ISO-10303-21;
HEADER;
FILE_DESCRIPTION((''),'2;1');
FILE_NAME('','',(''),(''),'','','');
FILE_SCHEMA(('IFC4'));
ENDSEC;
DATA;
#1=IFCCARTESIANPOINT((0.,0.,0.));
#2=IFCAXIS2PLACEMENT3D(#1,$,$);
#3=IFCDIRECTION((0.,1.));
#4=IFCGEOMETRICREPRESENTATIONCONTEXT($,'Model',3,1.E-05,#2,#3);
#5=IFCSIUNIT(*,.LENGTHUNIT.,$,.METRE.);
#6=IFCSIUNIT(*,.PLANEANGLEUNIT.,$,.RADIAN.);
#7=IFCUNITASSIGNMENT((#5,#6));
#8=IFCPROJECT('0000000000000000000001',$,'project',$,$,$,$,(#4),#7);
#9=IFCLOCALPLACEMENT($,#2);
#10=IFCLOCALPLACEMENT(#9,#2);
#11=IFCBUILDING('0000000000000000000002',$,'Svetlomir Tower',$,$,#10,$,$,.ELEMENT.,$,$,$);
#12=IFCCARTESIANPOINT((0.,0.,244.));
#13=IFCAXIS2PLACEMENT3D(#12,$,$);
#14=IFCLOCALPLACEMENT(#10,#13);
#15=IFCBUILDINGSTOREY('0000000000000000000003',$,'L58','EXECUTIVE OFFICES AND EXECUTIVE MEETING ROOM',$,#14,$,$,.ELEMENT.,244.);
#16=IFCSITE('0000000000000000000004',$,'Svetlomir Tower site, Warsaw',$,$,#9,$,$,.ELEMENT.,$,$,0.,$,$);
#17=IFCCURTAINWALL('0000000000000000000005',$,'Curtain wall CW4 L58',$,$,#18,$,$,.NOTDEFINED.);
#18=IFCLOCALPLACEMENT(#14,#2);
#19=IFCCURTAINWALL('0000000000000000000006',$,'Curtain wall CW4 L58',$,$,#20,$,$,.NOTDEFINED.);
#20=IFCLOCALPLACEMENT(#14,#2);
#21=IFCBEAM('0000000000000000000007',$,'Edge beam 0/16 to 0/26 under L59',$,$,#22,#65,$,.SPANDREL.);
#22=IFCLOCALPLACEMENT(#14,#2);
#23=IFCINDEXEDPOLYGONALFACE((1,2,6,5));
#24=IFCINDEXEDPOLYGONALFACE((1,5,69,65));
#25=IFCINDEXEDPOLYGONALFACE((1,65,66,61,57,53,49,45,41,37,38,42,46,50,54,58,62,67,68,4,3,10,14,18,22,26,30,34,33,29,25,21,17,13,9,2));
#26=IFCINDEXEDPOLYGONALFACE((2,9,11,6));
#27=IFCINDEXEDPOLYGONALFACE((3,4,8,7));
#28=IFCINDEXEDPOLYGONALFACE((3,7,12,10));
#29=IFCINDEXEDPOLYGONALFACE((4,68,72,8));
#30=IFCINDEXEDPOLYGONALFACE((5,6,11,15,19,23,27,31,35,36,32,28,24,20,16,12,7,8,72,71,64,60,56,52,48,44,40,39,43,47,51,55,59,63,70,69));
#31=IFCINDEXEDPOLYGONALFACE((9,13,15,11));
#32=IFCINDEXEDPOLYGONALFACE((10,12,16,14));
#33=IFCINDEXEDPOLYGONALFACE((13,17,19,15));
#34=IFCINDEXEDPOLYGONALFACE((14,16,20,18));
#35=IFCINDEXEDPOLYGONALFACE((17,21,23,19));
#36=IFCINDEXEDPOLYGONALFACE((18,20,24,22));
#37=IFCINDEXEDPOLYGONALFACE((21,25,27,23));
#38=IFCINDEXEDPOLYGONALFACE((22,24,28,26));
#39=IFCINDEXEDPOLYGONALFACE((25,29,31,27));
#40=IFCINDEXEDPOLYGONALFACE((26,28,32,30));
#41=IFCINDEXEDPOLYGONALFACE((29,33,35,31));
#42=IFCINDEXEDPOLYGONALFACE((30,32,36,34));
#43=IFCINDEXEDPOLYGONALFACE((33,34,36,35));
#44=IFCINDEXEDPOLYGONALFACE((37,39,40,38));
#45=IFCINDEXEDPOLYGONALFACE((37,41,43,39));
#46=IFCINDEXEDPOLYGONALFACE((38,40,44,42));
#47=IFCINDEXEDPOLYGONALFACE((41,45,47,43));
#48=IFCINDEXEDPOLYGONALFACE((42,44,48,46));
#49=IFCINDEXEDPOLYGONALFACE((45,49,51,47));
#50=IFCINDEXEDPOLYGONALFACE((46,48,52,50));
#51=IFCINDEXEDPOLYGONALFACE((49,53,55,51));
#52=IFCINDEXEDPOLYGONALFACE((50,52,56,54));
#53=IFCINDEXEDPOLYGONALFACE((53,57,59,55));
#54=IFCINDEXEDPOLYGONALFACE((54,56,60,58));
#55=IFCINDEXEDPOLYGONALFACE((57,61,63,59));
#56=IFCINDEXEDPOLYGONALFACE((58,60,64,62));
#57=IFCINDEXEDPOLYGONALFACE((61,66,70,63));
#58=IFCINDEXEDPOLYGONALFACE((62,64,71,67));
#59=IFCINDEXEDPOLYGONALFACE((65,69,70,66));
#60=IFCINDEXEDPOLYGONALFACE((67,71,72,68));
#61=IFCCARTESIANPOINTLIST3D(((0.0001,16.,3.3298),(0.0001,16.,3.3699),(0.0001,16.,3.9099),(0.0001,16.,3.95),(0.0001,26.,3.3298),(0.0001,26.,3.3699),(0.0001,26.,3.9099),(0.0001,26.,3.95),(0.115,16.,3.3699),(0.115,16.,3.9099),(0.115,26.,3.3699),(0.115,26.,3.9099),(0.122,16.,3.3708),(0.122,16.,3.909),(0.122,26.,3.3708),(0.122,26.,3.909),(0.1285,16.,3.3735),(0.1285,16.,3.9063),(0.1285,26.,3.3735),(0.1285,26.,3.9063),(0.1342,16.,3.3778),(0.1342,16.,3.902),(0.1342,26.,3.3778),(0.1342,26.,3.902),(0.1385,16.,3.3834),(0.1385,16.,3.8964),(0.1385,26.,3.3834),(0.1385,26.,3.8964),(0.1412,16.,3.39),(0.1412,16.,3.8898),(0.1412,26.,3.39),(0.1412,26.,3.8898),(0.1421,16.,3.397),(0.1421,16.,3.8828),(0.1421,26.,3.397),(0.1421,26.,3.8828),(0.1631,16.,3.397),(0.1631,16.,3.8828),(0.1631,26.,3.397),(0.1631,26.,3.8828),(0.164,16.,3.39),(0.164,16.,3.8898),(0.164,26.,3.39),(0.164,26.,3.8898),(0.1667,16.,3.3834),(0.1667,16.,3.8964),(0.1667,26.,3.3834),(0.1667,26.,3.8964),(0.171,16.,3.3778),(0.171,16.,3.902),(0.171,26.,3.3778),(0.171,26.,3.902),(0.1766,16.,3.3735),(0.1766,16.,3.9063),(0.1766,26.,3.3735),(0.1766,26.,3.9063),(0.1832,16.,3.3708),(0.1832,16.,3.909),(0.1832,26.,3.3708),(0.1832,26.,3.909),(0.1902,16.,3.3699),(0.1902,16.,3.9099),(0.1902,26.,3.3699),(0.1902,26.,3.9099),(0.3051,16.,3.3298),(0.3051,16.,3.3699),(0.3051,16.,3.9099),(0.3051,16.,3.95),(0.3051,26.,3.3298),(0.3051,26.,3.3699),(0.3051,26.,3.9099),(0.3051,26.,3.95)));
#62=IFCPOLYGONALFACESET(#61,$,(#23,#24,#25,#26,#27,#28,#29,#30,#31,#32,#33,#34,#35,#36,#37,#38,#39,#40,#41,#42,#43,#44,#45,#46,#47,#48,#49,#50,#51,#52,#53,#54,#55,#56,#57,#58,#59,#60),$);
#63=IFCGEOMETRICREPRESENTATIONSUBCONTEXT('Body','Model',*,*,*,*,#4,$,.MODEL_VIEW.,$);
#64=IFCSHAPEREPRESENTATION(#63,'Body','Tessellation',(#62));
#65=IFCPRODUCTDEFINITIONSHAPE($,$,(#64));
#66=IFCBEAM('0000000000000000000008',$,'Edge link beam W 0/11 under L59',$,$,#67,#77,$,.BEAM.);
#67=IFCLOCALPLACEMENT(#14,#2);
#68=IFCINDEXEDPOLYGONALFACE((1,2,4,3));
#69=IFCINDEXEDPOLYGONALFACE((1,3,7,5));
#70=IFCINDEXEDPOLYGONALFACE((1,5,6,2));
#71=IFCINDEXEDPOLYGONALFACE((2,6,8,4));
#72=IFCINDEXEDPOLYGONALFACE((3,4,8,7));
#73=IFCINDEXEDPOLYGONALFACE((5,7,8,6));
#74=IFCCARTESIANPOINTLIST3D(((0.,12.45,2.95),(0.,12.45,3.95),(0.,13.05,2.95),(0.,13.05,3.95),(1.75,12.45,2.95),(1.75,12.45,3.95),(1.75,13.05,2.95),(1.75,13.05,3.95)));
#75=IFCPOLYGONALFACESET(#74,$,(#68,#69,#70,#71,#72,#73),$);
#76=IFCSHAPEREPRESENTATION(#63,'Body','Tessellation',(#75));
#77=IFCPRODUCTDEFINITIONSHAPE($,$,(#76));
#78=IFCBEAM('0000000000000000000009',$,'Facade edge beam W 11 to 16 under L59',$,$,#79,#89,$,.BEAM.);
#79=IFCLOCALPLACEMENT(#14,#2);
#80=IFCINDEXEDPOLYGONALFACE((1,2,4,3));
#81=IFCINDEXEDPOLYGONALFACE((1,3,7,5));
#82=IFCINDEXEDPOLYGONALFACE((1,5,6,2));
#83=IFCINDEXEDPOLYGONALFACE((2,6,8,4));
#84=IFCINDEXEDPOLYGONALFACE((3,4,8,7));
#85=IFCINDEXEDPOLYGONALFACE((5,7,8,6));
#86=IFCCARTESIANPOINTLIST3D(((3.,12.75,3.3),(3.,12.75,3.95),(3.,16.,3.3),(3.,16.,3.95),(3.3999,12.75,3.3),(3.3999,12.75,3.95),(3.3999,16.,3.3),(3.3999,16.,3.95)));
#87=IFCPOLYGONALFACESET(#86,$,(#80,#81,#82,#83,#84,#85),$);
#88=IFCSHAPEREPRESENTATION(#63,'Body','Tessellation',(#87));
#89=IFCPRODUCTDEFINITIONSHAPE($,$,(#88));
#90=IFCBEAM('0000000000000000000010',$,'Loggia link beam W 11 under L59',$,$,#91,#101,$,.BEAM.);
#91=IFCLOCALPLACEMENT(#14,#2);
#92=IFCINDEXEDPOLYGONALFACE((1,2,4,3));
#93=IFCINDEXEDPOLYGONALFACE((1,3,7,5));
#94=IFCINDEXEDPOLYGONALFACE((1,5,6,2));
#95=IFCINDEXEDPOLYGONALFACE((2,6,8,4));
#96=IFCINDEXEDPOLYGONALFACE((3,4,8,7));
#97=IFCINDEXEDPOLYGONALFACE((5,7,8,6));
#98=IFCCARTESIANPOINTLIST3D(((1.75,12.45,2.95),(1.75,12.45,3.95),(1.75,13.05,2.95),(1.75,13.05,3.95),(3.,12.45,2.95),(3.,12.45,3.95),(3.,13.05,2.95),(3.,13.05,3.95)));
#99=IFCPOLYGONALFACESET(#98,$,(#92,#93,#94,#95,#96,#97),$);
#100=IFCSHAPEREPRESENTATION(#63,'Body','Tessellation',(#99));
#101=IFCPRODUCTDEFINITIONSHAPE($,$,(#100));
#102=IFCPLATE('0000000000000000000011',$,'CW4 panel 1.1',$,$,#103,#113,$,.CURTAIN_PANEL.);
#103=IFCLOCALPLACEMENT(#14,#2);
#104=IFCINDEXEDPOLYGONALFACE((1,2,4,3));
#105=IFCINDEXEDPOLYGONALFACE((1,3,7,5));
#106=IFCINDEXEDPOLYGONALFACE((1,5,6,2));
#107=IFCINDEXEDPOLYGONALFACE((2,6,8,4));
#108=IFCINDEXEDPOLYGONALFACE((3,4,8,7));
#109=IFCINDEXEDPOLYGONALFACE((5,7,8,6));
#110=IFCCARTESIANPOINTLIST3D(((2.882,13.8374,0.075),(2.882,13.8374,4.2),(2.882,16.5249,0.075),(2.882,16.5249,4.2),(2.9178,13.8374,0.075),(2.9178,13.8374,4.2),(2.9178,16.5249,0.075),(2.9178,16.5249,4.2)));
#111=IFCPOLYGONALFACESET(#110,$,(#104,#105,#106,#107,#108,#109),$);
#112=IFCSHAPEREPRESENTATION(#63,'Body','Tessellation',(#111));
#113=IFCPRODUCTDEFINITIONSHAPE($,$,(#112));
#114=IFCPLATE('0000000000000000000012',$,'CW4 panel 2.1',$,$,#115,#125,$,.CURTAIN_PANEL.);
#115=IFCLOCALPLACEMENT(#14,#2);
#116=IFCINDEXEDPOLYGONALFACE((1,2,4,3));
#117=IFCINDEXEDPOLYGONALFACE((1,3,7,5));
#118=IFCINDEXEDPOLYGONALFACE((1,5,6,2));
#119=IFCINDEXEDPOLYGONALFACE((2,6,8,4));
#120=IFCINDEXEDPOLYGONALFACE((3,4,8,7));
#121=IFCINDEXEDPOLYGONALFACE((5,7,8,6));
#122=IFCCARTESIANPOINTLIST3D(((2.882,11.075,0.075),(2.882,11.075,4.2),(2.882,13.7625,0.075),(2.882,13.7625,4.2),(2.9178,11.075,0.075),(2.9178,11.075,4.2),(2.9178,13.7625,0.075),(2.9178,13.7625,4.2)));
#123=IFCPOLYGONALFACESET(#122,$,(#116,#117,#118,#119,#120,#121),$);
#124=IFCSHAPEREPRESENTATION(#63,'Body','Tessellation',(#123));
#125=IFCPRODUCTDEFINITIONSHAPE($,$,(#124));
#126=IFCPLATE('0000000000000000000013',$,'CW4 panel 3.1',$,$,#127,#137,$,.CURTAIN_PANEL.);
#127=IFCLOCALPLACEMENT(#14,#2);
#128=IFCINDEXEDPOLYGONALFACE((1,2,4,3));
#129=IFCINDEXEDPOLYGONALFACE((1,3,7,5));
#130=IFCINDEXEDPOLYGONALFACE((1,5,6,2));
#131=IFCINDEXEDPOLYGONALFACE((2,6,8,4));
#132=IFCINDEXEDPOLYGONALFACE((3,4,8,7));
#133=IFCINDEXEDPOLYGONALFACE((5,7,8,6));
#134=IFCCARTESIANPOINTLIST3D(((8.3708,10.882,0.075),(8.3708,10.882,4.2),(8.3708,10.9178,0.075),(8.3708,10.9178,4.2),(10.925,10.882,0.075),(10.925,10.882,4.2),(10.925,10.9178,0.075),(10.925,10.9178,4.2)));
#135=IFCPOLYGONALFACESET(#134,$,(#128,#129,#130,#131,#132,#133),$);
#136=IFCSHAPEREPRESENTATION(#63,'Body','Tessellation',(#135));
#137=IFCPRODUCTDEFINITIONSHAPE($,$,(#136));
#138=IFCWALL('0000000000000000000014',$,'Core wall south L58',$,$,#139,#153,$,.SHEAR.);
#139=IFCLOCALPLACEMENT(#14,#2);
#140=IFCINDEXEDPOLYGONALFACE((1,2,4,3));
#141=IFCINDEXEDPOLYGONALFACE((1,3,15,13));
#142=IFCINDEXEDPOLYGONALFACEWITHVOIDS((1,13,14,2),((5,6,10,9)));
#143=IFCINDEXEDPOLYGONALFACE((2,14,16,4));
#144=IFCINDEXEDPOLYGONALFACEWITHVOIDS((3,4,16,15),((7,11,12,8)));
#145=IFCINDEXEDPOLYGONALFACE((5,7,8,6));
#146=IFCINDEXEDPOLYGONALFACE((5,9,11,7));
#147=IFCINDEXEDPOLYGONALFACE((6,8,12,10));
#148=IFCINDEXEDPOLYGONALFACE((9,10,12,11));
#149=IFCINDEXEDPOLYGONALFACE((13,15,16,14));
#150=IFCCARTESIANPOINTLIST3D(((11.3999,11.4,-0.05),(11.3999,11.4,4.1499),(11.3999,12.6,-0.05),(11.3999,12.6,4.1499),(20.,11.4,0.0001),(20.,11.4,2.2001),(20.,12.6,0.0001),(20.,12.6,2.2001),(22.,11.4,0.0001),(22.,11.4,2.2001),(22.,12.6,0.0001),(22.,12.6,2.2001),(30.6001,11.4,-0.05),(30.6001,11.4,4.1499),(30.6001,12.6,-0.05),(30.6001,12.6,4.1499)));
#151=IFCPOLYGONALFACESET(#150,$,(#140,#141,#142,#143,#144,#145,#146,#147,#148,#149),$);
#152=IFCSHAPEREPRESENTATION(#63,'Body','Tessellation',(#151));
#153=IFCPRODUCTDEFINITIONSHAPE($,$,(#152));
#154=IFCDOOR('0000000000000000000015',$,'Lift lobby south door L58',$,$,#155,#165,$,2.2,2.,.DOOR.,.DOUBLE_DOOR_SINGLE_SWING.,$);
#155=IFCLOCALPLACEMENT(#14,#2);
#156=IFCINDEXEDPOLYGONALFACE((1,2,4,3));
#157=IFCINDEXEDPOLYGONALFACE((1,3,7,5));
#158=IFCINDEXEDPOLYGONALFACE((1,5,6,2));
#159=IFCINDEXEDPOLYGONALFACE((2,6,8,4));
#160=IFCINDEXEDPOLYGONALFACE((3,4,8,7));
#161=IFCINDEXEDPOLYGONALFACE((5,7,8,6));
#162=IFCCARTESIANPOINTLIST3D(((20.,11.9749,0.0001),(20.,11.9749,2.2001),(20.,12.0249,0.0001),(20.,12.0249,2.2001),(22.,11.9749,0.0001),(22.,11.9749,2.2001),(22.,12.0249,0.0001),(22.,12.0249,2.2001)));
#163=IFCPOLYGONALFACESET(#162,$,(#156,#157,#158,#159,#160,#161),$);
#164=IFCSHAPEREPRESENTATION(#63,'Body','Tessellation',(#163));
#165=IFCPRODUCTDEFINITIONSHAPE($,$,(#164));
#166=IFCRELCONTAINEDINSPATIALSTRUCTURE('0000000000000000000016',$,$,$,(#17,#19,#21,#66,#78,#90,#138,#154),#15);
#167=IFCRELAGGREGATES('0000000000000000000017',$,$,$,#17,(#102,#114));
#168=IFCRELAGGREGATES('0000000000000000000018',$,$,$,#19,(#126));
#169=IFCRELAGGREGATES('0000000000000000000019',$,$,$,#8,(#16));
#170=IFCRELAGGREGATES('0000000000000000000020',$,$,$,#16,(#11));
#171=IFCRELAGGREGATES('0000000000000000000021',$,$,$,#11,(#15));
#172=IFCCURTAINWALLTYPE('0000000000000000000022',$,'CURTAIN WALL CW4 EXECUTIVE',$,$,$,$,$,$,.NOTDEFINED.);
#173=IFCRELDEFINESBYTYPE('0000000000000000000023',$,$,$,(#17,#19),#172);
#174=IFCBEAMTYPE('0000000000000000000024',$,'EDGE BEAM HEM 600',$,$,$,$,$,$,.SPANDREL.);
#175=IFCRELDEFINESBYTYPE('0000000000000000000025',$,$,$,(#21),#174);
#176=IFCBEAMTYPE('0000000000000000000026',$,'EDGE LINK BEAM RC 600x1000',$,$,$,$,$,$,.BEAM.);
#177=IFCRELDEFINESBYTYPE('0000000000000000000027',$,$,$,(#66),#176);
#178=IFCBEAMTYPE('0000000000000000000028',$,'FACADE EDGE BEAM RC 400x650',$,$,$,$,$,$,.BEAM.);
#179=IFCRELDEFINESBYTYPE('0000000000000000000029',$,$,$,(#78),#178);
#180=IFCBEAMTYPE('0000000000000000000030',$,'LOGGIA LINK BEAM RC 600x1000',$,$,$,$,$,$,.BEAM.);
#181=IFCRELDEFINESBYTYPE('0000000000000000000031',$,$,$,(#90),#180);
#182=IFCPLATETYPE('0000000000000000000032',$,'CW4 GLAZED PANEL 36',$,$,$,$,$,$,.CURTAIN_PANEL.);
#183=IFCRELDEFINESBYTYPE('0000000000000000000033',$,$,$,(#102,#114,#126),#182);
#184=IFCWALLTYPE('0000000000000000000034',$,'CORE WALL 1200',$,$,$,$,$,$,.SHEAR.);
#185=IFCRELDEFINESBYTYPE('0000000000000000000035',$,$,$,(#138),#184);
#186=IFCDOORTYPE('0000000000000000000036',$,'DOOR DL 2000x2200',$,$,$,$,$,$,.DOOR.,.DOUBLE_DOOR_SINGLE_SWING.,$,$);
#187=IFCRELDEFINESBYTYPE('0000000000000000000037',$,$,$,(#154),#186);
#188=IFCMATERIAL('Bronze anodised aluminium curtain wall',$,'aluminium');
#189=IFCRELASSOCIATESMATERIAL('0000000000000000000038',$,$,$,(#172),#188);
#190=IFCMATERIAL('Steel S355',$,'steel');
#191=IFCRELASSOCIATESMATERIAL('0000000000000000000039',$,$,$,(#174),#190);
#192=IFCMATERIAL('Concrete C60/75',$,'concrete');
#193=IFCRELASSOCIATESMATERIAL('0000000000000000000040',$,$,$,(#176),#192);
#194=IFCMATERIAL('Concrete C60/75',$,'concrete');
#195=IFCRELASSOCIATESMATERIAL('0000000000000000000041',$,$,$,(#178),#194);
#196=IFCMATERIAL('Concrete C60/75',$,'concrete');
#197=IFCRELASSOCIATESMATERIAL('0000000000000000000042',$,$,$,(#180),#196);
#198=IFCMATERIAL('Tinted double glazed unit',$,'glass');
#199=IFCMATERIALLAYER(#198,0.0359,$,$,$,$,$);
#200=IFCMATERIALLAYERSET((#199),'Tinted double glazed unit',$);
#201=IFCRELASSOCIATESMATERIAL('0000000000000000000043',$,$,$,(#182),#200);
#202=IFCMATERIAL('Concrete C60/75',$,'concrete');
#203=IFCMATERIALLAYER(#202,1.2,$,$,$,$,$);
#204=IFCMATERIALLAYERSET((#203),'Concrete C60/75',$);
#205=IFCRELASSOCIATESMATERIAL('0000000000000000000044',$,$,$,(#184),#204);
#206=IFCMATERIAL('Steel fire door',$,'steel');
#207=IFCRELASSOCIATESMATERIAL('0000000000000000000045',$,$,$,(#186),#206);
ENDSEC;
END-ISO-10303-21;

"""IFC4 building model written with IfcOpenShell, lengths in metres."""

from ifc_helpers import new_model, si_unit, direction, frame, frame_2d, origin, origin_2d, place, context, subcontext, project, spatial, rectangle, i_section, extrude, material, layer, layer_set, material_profile, profile_set, type_object, element, fill, aggregate, save


model = new_model("IFC4")

# Units and contexts
model_context = context("Model", 3, precision=1e-05, world=origin(), true_north=direction((0.0, 1.0)))
body_context = subcontext(model_context, "Body", "Model", "MODEL_VIEW")
ifc_project = project(units=[si_unit("LENGTHUNIT", "METRE"), si_unit("PLANEANGLEUNIT", "RADIAN")], contexts=[model_context])

# Site, building, storey
site_placement = place(None, origin())
site = spatial("IfcSite", under=ifc_project, at=site_placement, Name="Svetlomir Tower site, Warsaw", CompositionType="ELEMENT", RefElevation=0.0)
building_placement = place(site_placement, origin())
building = spatial("IfcBuilding", under=site, at=building_placement, Name="Svetlomir Tower", CompositionType="ELEMENT")
storey_placement = place(building_placement, frame((0.0, 0.0, 244.0)))
storey = spatial("IfcBuildingStorey", under=building, at=storey_placement, Name="L58", Description="EXECUTIVE OFFICES AND EXECUTIVE MEETING ROOM", CompositionType="ELEMENT", Elevation=244.0)

# Curtain wall
ifc_material_1 = material(Name="Bronze anodised aluminium curtain wall", Category="aluminium")
curtain_wall_type = type_object("IfcCurtainWallType", Name="CURTAIN WALL CW4 EXECUTIVE", PredefinedType="NOTDEFINED", material=ifc_material_1)
curtain_wall_1_placement = place(storey_placement, origin())
curtain_wall_1 = element("IfcCurtainWall", 1, at=curtain_wall_1_placement, inside=storey, type_object=curtain_wall_type, Name="Curtain wall CW4 L58", PredefinedType="NOTDEFINED")

# Curtain wall
curtain_wall_2_placement = place(storey_placement, origin())
curtain_wall_2 = element("IfcCurtainWall", 2, at=curtain_wall_2_placement, inside=storey, type_object=curtain_wall_type, Name="Curtain wall CW4 L58", PredefinedType="NOTDEFINED")

# Beams
ifc_material_2 = material(Name="Steel S355", Category="steel")
ifc_material_profile_1 = material_profile(ifc_material_2, i_section(OverallWidth=0.3049, OverallDepth=0.6201, WebThickness=0.021, FlangeThickness=0.04, FilletRadius=0.0271, at=origin_2d()), Name="HEM 600")
ifc_profile_set_1 = profile_set([ifc_material_profile_1], Name="Steel S355")
beam_type_1 = type_object("IfcBeamType", Name="EDGE BEAM HEM 600", PredefinedType="SPANDREL", material=ifc_profile_set_1)
beam_1_placement = place(storey_placement, frame((0.1526, 16.0, 3.6399), z_axis=(0.0, 1.0, 0.0), x_axis=(-1.0, 0.0, 0.0)))
element("IfcBeam", 3, at=beam_1_placement, inside=storey, type_object=beam_type_1, Name="Edge beam 0/16 to 0/26 under L59", PredefinedType="SPANDREL", context=body_context, shape_type="SweptSolid", body=[
    extrude(i_section(OverallWidth=0.3049, OverallDepth=0.6201, WebThickness=0.021, FlangeThickness=0.04, FilletRadius=0.0271, at=origin_2d()), origin(), (0.0, 0.0, 1.0), 10.0),
])
ifc_material_3 = material(Name="Concrete C60/75", Category="concrete")
ifc_material_profile_2 = material_profile(ifc_material_3, rectangle(XDim=0.6001, YDim=1.0, at=origin_2d()), Name="RC 600x1000")
ifc_profile_set_2 = profile_set([ifc_material_profile_2], Name="Concrete C60/75")
beam_type_2 = type_object("IfcBeamType", Name="EDGE LINK BEAM RC 600x1000", PredefinedType="BEAM", material=ifc_profile_set_2)
beam_2_placement = place(storey_placement, frame((1.75, 12.75, 3.45), z_axis=(-1.0, 0.0, 0.0), x_axis=(0.0, -1.0, 0.0)))
element("IfcBeam", 4, at=beam_2_placement, inside=storey, type_object=beam_type_2, Name="Edge link beam W 0/11 under L59", PredefinedType="BEAM", context=body_context, shape_type="SweptSolid", body=[
    extrude(rectangle(XDim=0.6001, YDim=1.0, at=origin_2d()), origin(), (0.0, 0.0, 1.0), 1.75),
])
ifc_material_4 = material(Name="Concrete C60/75", Category="concrete")
ifc_material_profile_3 = material_profile(ifc_material_4, rectangle(XDim=0.3999, YDim=0.6499, at=origin_2d()), Name="RC 400x650")
ifc_profile_set_3 = profile_set([ifc_material_profile_3], Name="Concrete C60/75")
beam_type_3 = type_object("IfcBeamType", Name="FACADE EDGE BEAM RC 400x650", PredefinedType="BEAM", material=ifc_profile_set_3)
beam_3_placement = place(storey_placement, frame((3.2, 12.75, 3.625), z_axis=(0.0, 1.0, 0.0), x_axis=(-1.0, 0.0, 0.0)))
element("IfcBeam", 5, at=beam_3_placement, inside=storey, type_object=beam_type_3, Name="Facade edge beam W 11 to 16 under L59", PredefinedType="BEAM", context=body_context, shape_type="SweptSolid", body=[
    extrude(rectangle(XDim=0.3999, YDim=0.6499, at=origin_2d()), origin(), (0.0, 0.0, 1.0), 3.25),
])
ifc_material_5 = material(Name="Concrete C60/75", Category="concrete")
ifc_material_profile_4 = material_profile(ifc_material_5, rectangle(XDim=0.6001, YDim=1.0, at=origin_2d()), Name="RC 600x1000")
ifc_profile_set_4 = profile_set([ifc_material_profile_4], Name="Concrete C60/75")
beam_type_4 = type_object("IfcBeamType", Name="LOGGIA LINK BEAM RC 600x1000", PredefinedType="BEAM", material=ifc_profile_set_4)
beam_4_placement = place(storey_placement, frame((1.75, 12.75, 3.45), z_axis=(1.0, 0.0, 0.0), x_axis=(0.0, 1.0, 0.0)))
element("IfcBeam", 6, at=beam_4_placement, inside=storey, type_object=beam_type_4, Name="Loggia link beam W 11 under L59", PredefinedType="BEAM", context=body_context, shape_type="SweptSolid", body=[
    extrude(rectangle(XDim=0.6001, YDim=1.0, at=origin_2d()), origin(), (0.0, 0.0, 1.0), 1.25),
])

# Plates
ifc_material_6 = material(Name="Tinted double glazed unit", Category="glass")
ifc_layer_1 = layer(ifc_material_6, 0.0359)
ifc_layer_set_1 = layer_set([ifc_layer_1], Name="Tinted double glazed unit")
plate_type = type_object("IfcPlateType", Name="CW4 GLAZED PANEL 36", PredefinedType="CURTAIN_PANEL", material=ifc_layer_set_1)
plate_1_placement = place(storey_placement, frame((2.8999, 15.1812, 0.075), z_axis=(0.0, 0.0, 1.0), x_axis=(0.0, -1.0, 0.0)))
plate_1 = element("IfcPlate", 7, at=plate_1_placement, type_object=plate_type, Name="CW4 panel 1.1", PredefinedType="CURTAIN_PANEL", context=body_context, shape_type="SweptSolid", body=[
    extrude(rectangle(XDim=2.6875, YDim=0.0359, at=origin_2d()), origin(), (0.0, 0.0, 1.0), 4.125),
])
plate_2_placement = place(storey_placement, frame((2.8999, 12.4187, 0.075), z_axis=(0.0, 0.0, 1.0), x_axis=(0.0, -1.0, 0.0)))
plate_2 = element("IfcPlate", 8, at=plate_2_placement, type_object=plate_type, Name="CW4 panel 2.1", PredefinedType="CURTAIN_PANEL", context=body_context, shape_type="SweptSolid", body=[
    extrude(rectangle(XDim=2.6875, YDim=0.0359, at=origin_2d()), origin(), (0.0, 0.0, 1.0), 4.125),
])
aggregate(curtain_wall_1, [plate_1, plate_2])
plate_3_placement = place(storey_placement, frame((9.6479, 10.8999, 0.075), z_axis=(0.0, 0.0, 1.0), x_axis=(1.0, 0.0, 0.0)))
plate_3 = element("IfcPlate", 9, at=plate_3_placement, type_object=plate_type, Name="CW4 panel 3.1", PredefinedType="CURTAIN_PANEL", context=body_context, shape_type="SweptSolid", body=[
    extrude(rectangle(XDim=2.5542, YDim=0.0359, at=origin_2d()), origin(), (0.0, 0.0, 1.0), 4.125),
])
aggregate(curtain_wall_2, [plate_3])

# Wall, opening, door
ifc_material_7 = material(Name="Concrete C60/75", Category="concrete")
ifc_layer_2 = layer(ifc_material_7, 1.2)
ifc_layer_set_2 = layer_set([ifc_layer_2], Name="Concrete C60/75")
wall_type_1 = type_object("IfcWallType", Name="CORE WALL 1200", PredefinedType="SHEAR", material=ifc_layer_set_2)
wall_1_placement = place(storey_placement, frame((11.3999, 12.0, -0.05), z_axis=(0.0, 0.0, 1.0), x_axis=(1.0, 0.0, 0.0)))
wall_1 = element("IfcWall", 10, at=wall_1_placement, inside=storey, type_object=wall_type_1, Name="Core wall south L58", PredefinedType="SHEAR", context=body_context, shape_type="SweptSolid", body=[
    extrude(rectangle(XDim=19.2002, YDim=1.2, at=frame_2d((9.6001, 0.0))), origin(), (0.0, 0.0, 1.0), 4.2),
])
opening_1_placement = place(wall_1_placement, frame((8.6001, 0.0, 0.05)))
opening_1 = element("IfcOpeningElement", 11, at=opening_1_placement, cuts=wall_1, PredefinedType="OPENING", context=body_context, shape_type="SweptSolid", body=[
    extrude(rectangle(XDim=2.0, YDim=2.2, at=frame_2d((1.0, 1.1001))), frame((0.0, 0.6099, 0.0), z_axis=(0.0, -1.0, 0.0), x_axis=(1.0, 0.0, 0.0)), (0.0, 0.0, 1.0), 1.22),
])
ifc_material_8 = material(Name="Steel fire door", Category="steel")
door_type_1 = type_object("IfcDoorType", Name="DOOR DL 2000x2200", OperationType="DOUBLE_DOOR_SINGLE_SWING", PredefinedType="DOOR", material=ifc_material_8)
door_1_placement = place(opening_1_placement, origin())
door_1 = element("IfcDoor", 12, at=door_1_placement, inside=storey, type_object=door_type_1, Name="Lift lobby south door L58", OperationType="DOUBLE_DOOR_SINGLE_SWING", OverallHeight=2.2, OverallWidth=2.0, PredefinedType="DOOR", context=body_context, shape_type="SweptSolid", body=[
    extrude(rectangle(XDim=2.0, YDim=2.2, at=frame_2d((1.0, 1.1001))), frame((0.0, 0.0249, 0.0), z_axis=(0.0, -1.0, 0.0), x_axis=(1.0, 0.0, 0.0)), (0.0, 0.0, 1.0), 0.05),
])
fill(opening_1, door_1)

save(model, "model.ifc")
